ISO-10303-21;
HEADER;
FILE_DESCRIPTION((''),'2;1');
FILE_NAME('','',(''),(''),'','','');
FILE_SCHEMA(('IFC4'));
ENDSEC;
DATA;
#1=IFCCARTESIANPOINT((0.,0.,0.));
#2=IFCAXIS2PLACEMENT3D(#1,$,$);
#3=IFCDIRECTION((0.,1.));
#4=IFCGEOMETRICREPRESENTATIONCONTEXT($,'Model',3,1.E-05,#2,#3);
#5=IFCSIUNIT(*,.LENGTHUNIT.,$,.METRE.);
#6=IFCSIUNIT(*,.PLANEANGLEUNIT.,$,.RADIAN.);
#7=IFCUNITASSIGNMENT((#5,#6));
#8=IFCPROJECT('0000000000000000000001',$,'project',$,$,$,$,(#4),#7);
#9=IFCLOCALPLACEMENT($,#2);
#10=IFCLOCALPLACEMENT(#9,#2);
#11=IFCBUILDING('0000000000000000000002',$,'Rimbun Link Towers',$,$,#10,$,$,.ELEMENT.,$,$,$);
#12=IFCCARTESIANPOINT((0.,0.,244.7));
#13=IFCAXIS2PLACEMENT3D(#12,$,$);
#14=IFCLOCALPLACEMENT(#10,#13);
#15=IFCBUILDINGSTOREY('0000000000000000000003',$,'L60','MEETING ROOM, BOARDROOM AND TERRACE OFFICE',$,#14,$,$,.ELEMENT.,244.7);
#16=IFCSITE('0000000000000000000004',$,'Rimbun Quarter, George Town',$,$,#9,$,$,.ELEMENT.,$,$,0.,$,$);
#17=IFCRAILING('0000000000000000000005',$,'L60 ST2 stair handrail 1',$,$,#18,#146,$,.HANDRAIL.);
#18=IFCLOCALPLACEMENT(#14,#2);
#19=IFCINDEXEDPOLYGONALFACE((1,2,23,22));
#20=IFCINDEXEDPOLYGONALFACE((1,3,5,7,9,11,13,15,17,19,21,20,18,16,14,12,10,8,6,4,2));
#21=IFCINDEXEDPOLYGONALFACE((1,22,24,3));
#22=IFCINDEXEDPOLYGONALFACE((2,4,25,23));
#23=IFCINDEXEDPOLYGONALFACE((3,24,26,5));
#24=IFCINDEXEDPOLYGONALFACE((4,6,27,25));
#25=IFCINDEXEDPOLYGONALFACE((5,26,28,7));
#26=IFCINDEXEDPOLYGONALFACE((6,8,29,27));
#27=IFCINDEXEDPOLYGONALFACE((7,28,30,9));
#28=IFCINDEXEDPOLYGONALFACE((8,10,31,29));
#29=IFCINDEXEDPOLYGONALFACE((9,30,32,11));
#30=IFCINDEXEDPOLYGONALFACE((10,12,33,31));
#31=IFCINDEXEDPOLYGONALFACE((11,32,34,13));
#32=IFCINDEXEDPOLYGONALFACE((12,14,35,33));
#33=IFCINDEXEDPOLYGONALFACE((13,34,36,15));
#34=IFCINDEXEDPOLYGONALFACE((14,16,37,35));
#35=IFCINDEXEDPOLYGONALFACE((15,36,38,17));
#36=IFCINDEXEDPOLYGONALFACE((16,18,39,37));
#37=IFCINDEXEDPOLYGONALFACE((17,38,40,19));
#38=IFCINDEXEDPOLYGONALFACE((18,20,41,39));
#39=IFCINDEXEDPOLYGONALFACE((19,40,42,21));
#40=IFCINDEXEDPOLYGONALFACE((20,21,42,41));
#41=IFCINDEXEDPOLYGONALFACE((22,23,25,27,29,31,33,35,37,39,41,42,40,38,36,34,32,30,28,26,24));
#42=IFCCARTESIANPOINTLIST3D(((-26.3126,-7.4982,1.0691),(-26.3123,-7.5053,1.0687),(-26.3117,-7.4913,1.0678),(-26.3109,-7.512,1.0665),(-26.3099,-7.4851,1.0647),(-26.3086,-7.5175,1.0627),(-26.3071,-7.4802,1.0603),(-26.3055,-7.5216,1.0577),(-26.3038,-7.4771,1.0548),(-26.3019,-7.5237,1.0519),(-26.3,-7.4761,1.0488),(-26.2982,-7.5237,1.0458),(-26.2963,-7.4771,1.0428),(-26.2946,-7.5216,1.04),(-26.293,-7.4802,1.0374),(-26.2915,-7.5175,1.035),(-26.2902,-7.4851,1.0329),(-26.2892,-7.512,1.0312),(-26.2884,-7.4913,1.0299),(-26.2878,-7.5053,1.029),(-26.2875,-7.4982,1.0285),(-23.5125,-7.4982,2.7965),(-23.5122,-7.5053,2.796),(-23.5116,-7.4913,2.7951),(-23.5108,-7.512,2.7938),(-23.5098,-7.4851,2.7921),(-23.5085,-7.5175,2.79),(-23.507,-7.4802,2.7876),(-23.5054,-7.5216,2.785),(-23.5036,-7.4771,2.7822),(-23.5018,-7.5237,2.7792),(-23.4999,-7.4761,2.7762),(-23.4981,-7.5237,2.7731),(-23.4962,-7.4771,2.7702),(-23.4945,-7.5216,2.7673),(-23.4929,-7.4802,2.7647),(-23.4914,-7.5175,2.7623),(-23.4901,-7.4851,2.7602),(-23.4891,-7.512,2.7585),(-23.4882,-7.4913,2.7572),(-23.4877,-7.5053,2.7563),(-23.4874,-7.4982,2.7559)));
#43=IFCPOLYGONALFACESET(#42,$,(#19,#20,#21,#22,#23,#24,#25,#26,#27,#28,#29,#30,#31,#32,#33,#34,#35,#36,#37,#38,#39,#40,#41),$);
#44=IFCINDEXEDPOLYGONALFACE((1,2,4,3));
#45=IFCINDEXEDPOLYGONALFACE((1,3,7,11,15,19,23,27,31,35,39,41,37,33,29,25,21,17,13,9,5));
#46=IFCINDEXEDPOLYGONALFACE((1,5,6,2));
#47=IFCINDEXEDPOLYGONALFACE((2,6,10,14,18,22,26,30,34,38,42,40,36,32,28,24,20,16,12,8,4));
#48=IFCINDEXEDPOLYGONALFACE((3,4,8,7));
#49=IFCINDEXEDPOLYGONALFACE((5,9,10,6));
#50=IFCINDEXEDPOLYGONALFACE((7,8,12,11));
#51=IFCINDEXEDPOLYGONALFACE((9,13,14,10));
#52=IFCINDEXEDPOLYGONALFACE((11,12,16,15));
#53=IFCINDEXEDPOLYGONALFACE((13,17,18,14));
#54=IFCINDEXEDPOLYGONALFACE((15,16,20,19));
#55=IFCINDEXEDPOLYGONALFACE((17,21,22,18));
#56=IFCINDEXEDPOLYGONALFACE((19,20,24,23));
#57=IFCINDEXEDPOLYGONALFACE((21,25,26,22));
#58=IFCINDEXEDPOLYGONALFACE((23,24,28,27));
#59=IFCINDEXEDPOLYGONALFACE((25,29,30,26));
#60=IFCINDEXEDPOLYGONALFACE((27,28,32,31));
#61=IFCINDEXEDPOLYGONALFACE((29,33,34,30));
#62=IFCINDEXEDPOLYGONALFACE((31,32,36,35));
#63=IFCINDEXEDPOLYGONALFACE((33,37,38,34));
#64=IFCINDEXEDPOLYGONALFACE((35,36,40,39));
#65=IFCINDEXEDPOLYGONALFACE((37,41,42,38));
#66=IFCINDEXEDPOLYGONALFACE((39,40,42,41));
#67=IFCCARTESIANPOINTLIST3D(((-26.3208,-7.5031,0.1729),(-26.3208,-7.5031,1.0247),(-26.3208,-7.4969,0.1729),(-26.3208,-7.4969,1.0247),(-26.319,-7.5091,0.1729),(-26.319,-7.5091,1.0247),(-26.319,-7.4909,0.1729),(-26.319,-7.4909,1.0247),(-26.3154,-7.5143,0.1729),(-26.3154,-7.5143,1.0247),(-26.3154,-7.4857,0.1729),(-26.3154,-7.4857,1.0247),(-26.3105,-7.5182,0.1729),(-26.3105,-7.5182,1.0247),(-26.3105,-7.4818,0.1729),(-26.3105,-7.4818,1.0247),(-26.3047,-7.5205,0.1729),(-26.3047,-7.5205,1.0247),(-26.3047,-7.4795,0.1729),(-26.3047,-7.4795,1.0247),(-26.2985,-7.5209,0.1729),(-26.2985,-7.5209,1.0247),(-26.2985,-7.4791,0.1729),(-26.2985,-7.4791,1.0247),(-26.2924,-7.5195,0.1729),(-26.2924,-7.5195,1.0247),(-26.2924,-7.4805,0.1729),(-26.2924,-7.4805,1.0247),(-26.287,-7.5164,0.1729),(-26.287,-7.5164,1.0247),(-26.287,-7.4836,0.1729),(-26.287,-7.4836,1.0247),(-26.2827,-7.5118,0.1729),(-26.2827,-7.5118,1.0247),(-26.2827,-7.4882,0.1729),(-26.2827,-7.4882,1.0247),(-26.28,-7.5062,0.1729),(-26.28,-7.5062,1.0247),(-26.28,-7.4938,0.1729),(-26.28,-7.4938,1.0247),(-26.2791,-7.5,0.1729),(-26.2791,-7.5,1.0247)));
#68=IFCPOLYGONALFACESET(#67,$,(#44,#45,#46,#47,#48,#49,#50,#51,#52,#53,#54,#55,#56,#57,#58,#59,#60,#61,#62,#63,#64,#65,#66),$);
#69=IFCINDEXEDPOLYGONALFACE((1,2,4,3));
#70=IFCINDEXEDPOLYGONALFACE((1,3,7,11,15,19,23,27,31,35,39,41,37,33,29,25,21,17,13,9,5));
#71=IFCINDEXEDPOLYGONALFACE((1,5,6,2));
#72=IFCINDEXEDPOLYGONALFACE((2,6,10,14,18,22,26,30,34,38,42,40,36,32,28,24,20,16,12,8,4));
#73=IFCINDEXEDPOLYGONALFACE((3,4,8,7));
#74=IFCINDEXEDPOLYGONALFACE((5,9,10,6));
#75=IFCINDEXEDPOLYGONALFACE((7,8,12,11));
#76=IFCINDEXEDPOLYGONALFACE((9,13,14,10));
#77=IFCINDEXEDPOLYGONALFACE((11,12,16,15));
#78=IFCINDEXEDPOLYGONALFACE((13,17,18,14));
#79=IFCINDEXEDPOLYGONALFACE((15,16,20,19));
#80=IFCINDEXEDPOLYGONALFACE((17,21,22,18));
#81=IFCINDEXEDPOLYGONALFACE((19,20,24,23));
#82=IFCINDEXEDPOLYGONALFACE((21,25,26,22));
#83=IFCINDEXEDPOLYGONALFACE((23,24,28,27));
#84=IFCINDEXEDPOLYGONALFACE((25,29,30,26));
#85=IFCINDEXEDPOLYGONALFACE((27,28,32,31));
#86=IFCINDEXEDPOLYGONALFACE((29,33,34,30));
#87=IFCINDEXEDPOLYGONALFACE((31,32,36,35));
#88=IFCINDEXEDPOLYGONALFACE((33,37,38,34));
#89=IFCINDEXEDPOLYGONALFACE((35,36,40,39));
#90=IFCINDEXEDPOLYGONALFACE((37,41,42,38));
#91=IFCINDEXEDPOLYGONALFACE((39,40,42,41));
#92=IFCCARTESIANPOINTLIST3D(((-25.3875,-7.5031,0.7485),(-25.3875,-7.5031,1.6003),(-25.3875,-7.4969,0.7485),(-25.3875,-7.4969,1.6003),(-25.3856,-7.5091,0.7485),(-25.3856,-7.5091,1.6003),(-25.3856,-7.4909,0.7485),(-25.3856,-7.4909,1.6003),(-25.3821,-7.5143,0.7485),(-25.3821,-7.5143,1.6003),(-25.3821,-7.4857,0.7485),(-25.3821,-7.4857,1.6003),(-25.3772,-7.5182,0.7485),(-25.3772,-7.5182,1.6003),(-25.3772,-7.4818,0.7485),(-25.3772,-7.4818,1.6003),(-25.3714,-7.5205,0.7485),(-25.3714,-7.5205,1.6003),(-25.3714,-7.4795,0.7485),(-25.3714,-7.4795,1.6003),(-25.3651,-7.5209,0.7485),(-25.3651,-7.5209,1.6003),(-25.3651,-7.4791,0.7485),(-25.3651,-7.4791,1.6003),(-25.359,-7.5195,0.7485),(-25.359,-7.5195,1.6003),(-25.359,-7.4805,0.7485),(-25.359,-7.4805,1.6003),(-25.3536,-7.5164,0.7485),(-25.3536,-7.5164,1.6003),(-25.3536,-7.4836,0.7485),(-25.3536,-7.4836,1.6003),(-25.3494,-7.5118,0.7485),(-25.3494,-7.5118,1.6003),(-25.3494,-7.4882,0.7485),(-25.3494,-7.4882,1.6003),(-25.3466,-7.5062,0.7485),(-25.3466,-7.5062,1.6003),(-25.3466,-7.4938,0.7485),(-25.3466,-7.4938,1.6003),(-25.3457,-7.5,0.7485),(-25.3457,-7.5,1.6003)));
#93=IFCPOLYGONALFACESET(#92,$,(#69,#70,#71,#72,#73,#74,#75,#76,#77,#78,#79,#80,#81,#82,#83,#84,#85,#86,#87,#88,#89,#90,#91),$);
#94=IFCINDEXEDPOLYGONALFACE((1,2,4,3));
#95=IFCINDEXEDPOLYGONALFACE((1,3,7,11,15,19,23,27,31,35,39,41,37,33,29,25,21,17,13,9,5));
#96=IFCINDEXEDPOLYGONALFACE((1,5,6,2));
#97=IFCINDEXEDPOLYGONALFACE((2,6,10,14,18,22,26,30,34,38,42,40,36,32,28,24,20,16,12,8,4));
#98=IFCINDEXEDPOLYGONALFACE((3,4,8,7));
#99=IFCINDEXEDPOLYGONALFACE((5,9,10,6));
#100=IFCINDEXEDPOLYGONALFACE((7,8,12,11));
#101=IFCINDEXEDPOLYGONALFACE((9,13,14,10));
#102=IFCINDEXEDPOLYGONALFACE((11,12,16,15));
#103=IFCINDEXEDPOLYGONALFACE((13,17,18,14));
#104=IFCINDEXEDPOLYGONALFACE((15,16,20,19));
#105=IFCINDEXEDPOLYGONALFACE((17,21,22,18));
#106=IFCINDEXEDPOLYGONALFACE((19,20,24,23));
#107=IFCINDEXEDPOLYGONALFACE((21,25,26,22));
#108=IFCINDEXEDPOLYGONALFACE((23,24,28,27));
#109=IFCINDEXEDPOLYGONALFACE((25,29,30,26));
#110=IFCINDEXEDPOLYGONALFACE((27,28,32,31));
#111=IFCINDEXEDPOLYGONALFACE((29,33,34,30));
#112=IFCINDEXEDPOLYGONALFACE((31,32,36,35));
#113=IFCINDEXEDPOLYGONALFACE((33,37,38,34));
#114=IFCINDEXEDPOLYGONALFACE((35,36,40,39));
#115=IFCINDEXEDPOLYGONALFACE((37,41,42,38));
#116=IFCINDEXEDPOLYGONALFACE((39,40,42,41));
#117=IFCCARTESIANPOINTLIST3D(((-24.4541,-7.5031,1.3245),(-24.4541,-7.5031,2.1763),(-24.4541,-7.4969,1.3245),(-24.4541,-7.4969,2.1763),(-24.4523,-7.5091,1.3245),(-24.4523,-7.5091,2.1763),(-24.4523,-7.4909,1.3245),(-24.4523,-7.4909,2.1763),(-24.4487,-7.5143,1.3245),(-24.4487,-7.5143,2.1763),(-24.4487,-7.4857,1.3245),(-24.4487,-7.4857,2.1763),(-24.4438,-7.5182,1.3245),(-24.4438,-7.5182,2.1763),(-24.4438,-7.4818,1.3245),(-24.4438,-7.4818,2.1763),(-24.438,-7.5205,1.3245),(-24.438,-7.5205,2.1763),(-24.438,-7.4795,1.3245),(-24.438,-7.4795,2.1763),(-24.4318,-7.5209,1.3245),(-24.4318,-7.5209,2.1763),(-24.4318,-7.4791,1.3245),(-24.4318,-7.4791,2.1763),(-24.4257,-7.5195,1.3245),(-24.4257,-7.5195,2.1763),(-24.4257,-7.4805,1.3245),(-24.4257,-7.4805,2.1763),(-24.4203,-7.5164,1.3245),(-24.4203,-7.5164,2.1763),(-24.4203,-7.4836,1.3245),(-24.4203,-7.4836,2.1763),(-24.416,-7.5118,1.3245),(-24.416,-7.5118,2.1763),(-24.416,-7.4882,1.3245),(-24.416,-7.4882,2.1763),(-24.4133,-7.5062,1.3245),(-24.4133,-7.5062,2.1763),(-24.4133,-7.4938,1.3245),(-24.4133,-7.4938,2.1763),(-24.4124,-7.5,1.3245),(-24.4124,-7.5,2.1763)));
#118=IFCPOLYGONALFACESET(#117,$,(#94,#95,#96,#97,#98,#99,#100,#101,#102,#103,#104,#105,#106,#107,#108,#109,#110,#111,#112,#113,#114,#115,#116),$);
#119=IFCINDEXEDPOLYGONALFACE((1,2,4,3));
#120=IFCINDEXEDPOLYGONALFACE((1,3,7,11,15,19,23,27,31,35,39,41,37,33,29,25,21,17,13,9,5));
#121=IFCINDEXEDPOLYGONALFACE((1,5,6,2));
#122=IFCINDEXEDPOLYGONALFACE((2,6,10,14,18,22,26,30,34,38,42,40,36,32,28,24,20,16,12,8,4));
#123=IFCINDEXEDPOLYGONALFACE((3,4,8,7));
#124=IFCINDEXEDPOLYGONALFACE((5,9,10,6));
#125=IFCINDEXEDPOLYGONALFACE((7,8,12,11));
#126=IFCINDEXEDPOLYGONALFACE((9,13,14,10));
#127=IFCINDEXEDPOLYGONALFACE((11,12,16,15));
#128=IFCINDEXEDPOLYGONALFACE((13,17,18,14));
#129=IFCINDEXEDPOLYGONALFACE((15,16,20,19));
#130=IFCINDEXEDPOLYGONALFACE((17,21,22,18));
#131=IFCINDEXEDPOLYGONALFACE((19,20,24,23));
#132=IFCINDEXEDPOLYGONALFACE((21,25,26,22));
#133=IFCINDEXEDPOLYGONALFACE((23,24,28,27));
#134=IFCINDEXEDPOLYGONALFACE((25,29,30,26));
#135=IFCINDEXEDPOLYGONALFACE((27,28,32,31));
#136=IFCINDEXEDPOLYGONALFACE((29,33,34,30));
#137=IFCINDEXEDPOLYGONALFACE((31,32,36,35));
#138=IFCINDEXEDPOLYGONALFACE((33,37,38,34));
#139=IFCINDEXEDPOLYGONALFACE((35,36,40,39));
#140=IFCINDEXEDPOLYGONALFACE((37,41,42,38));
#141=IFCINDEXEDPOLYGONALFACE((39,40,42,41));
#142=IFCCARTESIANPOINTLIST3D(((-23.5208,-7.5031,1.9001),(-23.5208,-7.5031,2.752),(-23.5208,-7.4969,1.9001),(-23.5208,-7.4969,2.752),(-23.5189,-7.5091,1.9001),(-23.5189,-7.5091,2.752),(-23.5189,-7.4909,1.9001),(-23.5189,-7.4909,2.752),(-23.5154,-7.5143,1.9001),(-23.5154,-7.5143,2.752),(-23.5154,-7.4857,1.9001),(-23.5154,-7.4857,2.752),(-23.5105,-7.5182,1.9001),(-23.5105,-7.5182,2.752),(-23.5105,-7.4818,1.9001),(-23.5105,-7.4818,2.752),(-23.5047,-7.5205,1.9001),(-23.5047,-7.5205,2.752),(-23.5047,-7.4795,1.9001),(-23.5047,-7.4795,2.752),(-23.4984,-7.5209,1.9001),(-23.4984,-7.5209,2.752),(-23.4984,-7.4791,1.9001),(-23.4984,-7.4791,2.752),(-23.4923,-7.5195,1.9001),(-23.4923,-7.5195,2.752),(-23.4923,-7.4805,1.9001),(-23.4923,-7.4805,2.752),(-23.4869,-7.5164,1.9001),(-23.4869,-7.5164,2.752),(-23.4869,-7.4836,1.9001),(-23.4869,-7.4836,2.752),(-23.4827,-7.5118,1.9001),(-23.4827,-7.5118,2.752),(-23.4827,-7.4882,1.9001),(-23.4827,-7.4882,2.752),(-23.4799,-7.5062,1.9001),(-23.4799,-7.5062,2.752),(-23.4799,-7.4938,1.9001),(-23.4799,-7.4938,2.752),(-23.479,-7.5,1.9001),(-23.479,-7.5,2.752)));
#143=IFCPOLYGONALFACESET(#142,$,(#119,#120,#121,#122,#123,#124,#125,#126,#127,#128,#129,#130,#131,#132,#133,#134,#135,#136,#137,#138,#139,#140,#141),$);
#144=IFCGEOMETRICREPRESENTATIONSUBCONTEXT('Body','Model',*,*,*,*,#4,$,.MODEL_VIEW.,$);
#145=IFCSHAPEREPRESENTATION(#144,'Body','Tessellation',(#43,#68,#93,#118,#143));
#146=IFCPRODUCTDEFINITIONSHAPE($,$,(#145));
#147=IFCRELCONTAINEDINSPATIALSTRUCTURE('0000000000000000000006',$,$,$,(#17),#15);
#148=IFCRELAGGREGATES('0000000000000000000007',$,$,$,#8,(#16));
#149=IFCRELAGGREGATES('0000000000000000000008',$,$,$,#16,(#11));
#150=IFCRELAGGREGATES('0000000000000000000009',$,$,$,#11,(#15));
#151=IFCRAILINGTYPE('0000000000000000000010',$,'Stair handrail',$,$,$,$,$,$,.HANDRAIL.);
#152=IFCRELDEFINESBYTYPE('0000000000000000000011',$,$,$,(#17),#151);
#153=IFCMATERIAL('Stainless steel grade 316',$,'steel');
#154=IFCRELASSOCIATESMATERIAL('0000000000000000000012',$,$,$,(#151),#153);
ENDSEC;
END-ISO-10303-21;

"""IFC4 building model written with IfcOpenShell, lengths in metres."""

from ifc_helpers import new_model, si_unit, direction, frame, origin, origin_2d, place, context, subcontext, project, spatial, circle, extrude, material, type_object, element, save


model = new_model("IFC4")

# Units and contexts
model_context = context("Model", 3, precision=1e-05, world=origin(), true_north=direction((0.0, 1.0)))
body_context = subcontext(model_context, "Body", "Model", "MODEL_VIEW")
ifc_project = project(units=[si_unit("LENGTHUNIT", "METRE"), si_unit("PLANEANGLEUNIT", "RADIAN")], contexts=[model_context])

# Site, building, storey
site_placement = place(None, origin())
site = spatial("IfcSite", under=ifc_project, at=site_placement, Name="Rimbun Quarter, George Town", CompositionType="ELEMENT", RefElevation=0.0)
building_placement = place(site_placement, origin())
building = spatial("IfcBuilding", under=site, at=building_placement, Name="Rimbun Link Towers", CompositionType="ELEMENT")
storey_placement = place(building_placement, frame((0.0, 0.0, 244.7)))
storey = spatial("IfcBuildingStorey", under=building, at=storey_placement, Name="L60", Description="MEETING ROOM, BOARDROOM AND TERRACE OFFICE", CompositionType="ELEMENT", Elevation=244.7)

# Railing
ifc_material_1 = material(Name="Stainless steel grade 316", Category="steel")
railing_type_1 = type_object("IfcRailingType", Name="Stair handrail", PredefinedType="HANDRAIL", material=ifc_material_1)
railing_1_placement = place(storey_placement, frame((-26.3, -7.5, 0.1729)))
element("IfcRailing", 1, at=railing_1_placement, inside=storey, type_object=railing_type_1, Name="L60 ST2 stair handrail 1", PredefinedType="HANDRAIL", context=body_context, shape_type="SweptSolid", body=[
    extrude(circle(Radius=0.0239, at=origin_2d()), frame((0.0, 0.0, 0.876), z_axis=(0.85109, 0.0, 0.52502), x_axis=(0.0, 1.0, 0.0)), (0.0, 0.0, 1.0), 3.29),
    extrude(circle(Radius=0.021, at=origin_2d()), origin(), (0.0, 0.0, 1.0), 0.8518),
    extrude(circle(Radius=0.021, at=origin_2d()), frame((0.9333, 0.0, 0.5757)), (0.0, 0.0, 1.0), 0.8518),
    extrude(circle(Radius=0.021, at=origin_2d()), frame((1.8667, 0.0, 1.1516)), (0.0, 0.0, 1.0), 0.8518),
    extrude(circle(Radius=0.021, at=origin_2d()), frame((2.8, 0.0, 1.7273)), (0.0, 0.0, 1.0), 0.8518),
])

save(model, "model.ifc")
